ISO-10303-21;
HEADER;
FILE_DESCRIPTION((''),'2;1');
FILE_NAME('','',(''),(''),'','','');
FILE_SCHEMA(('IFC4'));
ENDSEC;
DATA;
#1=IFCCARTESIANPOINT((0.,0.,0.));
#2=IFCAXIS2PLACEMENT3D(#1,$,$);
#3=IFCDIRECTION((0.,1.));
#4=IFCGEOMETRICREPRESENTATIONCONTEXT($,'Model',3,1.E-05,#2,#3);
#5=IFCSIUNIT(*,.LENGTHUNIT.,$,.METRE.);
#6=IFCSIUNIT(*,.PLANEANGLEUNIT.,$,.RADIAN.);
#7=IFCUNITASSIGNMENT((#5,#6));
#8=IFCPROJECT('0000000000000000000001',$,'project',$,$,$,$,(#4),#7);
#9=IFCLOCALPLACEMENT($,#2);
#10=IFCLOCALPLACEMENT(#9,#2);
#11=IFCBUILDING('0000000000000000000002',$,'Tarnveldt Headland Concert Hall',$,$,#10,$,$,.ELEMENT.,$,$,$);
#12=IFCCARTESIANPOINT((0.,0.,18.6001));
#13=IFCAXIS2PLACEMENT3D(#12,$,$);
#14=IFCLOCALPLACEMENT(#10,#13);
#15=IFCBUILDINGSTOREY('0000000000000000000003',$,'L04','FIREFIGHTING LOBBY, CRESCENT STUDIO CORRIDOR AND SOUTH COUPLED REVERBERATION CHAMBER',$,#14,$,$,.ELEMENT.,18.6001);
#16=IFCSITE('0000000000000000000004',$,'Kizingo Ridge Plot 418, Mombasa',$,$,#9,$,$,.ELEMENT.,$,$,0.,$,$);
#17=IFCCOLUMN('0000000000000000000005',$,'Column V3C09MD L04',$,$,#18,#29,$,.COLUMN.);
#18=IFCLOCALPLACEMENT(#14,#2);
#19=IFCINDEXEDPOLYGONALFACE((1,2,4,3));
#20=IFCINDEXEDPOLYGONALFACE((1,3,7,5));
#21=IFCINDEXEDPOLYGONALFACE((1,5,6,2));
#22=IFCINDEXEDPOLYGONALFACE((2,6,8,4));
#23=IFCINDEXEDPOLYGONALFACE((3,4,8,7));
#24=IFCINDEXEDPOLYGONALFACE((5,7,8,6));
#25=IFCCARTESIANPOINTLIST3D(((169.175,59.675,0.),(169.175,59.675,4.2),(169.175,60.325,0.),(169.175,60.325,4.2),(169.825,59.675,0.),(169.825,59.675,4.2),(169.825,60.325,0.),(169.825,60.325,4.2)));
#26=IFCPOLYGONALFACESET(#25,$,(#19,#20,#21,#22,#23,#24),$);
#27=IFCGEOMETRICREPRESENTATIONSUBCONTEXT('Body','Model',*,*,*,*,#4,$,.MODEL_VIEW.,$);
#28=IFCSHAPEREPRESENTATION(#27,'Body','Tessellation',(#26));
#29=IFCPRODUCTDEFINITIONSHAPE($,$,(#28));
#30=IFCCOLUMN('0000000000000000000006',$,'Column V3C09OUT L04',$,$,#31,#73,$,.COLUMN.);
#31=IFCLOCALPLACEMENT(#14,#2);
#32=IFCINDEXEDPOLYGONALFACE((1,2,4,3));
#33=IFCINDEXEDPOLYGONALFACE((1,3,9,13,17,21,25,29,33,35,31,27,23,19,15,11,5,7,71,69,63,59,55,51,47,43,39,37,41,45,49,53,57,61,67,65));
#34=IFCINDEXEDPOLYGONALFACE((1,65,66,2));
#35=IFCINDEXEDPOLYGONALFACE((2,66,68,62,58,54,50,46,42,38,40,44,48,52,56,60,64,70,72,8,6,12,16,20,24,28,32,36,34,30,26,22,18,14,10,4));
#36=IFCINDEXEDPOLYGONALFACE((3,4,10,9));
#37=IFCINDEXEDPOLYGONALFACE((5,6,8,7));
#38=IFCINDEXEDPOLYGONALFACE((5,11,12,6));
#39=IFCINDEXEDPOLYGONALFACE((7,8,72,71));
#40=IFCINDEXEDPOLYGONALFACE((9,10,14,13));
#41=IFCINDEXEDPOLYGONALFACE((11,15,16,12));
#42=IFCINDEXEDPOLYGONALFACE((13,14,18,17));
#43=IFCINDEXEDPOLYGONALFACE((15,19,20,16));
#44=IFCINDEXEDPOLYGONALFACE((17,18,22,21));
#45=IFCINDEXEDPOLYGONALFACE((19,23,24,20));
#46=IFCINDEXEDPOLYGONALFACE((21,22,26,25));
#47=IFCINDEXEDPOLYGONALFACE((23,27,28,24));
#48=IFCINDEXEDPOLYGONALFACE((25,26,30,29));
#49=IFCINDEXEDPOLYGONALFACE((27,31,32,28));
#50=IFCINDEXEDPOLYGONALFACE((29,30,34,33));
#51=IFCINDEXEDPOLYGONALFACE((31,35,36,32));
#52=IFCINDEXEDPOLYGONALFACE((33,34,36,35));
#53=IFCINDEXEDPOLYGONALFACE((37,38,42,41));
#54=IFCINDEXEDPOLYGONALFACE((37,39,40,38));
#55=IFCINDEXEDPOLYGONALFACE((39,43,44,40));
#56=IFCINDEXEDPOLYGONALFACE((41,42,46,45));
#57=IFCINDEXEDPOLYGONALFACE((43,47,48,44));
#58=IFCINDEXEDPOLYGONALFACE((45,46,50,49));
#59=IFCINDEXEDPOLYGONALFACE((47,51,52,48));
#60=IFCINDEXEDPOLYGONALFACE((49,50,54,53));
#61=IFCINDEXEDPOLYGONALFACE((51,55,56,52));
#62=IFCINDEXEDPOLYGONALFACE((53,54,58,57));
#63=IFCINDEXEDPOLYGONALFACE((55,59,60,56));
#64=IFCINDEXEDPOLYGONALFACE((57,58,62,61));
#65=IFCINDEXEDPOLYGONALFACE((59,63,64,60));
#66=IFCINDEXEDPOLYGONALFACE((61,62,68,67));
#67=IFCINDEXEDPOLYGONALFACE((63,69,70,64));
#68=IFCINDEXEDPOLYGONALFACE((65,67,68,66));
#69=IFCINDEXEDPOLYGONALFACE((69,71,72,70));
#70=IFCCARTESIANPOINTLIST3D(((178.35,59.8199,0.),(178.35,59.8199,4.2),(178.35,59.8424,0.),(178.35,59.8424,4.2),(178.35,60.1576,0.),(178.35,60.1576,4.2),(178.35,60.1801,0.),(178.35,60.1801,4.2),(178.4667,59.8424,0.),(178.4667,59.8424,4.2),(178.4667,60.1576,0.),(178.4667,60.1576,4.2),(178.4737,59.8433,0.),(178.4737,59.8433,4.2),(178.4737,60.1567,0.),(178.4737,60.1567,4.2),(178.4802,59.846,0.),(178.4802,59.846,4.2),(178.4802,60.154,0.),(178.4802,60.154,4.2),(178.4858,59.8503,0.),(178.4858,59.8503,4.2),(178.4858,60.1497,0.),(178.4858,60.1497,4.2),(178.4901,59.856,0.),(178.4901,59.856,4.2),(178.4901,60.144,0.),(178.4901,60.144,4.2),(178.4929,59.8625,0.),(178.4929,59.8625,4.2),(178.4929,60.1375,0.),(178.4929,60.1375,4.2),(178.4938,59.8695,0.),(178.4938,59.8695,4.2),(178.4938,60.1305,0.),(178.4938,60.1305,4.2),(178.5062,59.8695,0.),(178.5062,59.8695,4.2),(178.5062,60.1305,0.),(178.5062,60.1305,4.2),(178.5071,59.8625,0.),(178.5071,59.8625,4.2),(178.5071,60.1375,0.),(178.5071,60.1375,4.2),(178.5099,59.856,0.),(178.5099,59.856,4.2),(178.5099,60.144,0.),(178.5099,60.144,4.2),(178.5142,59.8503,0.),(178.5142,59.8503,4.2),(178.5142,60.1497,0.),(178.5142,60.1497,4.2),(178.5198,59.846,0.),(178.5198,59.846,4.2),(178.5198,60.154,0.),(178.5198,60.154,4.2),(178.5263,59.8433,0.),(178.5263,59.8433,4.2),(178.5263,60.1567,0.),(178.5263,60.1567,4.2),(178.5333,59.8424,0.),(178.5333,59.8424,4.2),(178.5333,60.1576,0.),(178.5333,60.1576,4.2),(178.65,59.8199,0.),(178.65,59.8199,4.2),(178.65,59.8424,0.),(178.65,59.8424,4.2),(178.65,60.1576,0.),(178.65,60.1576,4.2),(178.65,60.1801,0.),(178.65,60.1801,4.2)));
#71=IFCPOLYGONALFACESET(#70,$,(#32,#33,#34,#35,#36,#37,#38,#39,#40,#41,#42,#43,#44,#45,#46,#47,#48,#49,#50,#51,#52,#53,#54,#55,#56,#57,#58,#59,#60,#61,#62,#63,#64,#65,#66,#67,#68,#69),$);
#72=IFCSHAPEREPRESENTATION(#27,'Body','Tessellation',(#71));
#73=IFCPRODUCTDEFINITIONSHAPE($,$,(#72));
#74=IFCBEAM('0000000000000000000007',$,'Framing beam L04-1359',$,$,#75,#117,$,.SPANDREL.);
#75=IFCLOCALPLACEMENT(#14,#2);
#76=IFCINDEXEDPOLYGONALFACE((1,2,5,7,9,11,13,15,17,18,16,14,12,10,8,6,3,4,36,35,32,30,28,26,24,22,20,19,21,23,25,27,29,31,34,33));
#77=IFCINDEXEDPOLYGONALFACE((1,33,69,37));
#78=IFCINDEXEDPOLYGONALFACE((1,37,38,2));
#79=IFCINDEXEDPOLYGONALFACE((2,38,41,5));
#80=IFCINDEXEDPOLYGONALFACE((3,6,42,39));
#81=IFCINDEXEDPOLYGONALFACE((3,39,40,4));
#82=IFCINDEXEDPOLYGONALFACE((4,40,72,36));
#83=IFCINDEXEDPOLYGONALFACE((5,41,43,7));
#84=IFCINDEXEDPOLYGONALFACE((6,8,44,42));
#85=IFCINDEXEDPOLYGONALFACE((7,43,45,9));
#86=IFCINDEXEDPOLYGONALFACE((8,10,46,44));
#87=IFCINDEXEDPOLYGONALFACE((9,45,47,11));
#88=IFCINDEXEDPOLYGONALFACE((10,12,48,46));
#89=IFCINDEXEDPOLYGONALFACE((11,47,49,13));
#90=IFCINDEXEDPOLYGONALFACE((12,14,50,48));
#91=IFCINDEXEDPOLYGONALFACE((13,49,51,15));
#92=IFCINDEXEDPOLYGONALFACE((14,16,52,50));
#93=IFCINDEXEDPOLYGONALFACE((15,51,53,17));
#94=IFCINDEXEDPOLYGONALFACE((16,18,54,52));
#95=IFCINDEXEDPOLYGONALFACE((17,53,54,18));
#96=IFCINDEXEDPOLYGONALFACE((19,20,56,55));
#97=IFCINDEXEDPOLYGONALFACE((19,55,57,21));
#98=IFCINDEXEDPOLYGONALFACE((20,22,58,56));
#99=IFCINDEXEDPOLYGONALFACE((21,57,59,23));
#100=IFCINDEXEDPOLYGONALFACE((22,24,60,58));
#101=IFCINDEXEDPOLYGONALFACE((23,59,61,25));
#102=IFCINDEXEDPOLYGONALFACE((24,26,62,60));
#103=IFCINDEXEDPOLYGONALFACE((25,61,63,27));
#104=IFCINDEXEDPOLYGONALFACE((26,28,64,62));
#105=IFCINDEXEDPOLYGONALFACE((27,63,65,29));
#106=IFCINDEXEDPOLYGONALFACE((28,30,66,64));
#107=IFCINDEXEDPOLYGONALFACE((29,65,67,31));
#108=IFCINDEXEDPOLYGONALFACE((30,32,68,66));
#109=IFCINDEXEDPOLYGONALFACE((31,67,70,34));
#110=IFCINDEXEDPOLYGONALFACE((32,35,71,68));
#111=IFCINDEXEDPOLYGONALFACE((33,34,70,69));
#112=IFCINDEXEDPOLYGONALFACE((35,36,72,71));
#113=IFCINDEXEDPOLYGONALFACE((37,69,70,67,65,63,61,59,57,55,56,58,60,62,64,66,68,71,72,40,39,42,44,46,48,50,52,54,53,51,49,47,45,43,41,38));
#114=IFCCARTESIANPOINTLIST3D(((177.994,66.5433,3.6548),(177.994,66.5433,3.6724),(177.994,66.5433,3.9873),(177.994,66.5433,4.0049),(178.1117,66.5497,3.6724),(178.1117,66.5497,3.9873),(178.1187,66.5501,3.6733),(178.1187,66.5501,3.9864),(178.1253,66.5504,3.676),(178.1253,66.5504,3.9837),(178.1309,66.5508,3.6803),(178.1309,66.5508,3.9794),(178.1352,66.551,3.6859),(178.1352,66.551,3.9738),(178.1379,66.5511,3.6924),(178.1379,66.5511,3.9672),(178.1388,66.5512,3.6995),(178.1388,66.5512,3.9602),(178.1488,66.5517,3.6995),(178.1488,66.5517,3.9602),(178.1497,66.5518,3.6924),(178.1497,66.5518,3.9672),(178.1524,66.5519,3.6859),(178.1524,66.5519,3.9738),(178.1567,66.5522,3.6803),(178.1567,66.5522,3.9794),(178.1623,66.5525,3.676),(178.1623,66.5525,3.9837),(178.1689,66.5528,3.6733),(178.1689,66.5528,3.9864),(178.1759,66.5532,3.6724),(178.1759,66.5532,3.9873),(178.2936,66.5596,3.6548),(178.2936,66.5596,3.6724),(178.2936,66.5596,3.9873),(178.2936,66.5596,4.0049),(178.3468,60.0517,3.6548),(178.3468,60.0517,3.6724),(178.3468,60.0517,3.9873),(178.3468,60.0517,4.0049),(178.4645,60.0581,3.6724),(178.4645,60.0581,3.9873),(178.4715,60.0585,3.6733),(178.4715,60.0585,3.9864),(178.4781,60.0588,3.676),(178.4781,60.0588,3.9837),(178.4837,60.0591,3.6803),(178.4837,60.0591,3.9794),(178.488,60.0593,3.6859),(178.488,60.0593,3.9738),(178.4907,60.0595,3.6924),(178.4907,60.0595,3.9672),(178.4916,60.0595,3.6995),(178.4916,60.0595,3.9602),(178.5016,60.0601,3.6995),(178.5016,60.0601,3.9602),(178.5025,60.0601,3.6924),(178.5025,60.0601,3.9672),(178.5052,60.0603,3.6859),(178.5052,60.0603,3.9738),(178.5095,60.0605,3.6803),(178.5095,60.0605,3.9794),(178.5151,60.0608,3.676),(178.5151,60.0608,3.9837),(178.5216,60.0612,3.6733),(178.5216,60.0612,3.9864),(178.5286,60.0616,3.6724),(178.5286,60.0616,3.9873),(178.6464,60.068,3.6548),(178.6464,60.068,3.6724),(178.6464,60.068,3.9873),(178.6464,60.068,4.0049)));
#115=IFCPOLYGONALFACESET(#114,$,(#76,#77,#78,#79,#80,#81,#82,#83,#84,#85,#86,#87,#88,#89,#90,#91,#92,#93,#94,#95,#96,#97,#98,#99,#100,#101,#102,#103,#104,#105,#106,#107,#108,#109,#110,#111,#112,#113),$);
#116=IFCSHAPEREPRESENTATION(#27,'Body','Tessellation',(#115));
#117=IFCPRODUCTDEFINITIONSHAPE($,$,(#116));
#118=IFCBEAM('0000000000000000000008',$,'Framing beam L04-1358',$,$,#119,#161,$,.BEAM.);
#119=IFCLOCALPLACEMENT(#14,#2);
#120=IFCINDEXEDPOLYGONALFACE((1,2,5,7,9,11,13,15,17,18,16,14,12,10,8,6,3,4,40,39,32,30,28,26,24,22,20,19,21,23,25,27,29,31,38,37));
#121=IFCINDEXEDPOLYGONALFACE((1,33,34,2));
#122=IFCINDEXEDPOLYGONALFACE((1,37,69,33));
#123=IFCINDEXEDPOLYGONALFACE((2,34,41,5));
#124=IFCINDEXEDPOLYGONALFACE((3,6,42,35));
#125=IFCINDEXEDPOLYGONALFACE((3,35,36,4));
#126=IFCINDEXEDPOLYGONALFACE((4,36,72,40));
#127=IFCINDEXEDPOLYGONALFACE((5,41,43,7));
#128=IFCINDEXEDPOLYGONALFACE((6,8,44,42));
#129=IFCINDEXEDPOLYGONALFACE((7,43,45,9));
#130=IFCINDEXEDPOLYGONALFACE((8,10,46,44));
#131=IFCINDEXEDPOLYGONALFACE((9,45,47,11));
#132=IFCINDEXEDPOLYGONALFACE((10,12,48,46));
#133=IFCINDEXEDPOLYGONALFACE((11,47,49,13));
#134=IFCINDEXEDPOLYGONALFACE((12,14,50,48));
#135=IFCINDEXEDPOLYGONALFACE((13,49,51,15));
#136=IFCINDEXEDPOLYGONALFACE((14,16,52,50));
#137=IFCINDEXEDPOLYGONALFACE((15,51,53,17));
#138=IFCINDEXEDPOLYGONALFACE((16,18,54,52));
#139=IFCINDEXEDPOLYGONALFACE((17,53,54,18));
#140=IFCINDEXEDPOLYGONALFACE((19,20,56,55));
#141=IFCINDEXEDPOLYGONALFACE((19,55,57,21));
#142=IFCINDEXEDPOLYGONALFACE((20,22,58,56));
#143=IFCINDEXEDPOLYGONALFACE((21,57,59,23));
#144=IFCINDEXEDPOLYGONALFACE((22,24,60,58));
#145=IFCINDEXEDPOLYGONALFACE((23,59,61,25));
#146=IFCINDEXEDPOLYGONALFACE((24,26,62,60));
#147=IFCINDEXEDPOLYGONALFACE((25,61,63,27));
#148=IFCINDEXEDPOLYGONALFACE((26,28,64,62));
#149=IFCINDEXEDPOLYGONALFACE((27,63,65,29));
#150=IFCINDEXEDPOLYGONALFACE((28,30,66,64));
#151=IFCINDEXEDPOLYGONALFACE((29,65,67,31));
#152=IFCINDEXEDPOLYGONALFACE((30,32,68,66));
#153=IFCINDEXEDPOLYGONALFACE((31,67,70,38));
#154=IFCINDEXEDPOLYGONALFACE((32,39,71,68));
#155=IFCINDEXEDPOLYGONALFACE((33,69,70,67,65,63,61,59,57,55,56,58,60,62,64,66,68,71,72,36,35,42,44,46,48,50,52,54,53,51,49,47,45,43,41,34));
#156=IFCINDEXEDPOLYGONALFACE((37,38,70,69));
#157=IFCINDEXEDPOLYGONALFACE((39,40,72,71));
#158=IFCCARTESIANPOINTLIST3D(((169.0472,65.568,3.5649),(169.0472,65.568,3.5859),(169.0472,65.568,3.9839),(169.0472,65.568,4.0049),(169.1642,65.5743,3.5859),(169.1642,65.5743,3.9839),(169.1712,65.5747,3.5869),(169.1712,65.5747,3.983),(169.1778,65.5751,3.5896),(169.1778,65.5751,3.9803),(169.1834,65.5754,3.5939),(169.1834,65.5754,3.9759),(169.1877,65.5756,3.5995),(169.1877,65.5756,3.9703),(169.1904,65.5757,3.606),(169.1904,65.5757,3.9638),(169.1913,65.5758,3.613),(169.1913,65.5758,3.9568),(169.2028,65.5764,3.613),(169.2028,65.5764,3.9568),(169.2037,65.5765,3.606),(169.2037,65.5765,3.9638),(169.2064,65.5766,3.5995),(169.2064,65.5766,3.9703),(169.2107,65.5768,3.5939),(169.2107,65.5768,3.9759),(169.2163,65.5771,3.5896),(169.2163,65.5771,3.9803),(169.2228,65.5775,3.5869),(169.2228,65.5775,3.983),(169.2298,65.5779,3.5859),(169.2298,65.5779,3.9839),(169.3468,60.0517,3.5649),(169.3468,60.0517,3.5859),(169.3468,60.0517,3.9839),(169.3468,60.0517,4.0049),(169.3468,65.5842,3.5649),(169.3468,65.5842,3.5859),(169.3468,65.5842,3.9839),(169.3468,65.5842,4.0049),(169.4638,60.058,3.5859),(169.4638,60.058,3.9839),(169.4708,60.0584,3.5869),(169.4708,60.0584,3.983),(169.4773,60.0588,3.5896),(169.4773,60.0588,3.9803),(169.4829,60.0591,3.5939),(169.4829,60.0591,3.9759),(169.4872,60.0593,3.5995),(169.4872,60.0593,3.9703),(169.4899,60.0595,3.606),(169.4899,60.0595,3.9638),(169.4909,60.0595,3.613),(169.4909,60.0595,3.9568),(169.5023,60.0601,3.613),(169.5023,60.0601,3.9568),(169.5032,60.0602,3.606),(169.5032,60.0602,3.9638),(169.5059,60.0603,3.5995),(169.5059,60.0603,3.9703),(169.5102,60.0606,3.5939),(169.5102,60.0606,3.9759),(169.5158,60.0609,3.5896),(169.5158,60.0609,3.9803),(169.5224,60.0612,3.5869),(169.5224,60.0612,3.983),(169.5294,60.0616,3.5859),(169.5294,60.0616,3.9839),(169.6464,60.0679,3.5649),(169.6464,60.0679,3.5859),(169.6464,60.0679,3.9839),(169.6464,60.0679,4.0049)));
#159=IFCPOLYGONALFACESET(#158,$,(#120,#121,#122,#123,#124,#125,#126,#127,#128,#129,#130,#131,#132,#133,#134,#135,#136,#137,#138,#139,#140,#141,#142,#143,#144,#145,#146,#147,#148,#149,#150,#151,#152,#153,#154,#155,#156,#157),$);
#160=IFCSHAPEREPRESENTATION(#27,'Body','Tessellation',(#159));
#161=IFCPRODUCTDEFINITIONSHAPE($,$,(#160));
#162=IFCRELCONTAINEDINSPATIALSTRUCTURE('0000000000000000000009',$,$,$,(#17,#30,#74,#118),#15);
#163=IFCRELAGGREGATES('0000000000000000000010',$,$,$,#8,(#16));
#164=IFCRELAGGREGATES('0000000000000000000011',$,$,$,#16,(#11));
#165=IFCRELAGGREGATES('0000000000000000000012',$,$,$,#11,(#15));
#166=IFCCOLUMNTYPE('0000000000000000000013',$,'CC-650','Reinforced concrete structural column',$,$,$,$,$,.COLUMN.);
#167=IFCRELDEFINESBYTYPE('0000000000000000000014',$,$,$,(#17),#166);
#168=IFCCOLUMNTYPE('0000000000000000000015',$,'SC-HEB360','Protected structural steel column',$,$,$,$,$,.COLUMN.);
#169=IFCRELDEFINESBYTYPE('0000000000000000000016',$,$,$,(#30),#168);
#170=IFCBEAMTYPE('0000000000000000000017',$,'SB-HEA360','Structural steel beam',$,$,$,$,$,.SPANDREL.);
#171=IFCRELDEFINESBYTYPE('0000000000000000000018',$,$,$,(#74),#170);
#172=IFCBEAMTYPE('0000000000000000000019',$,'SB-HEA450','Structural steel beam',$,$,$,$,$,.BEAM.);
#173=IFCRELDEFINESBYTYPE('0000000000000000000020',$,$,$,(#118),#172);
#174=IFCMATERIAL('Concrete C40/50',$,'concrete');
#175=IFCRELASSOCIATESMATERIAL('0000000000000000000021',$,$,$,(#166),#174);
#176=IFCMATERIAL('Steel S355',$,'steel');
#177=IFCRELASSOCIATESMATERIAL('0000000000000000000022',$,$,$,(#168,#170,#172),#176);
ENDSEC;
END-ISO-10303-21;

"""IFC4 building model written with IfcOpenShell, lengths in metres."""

from ifc_helpers import new_model, si_unit, direction, frame, origin, origin_2d, place, context, subcontext, project, spatial, rectangle, i_section, extrude, material, material_profile, profile_set, type_object, element, save


model = new_model("IFC4")

# Units and contexts
model_context = context("Model", 3, precision=1e-05, world=origin(), true_north=direction((0.0, 1.0)))
body_context = subcontext(model_context, "Body", "Model", "MODEL_VIEW")
ifc_project = project(units=[si_unit("LENGTHUNIT", "METRE"), si_unit("PLANEANGLEUNIT", "RADIAN")], contexts=[model_context])

# Site, building, storey
site_placement = place(None, origin())
site = spatial("IfcSite", under=ifc_project, at=site_placement, Name="Kizingo Ridge Plot 418, Mombasa", CompositionType="ELEMENT", RefElevation=0.0)
building_placement = place(site_placement, origin())
building = spatial("IfcBuilding", under=site, at=building_placement, Name="Tarnveldt Headland Concert Hall", CompositionType="ELEMENT")
storey_placement = place(building_placement, frame((0.0, 0.0, 18.6001)))
storey = spatial("IfcBuildingStorey", under=building, at=storey_placement, Name="L04", Description="FIREFIGHTING LOBBY, CRESCENT STUDIO CORRIDOR AND SOUTH COUPLED REVERBERATION CHAMBER", CompositionType="ELEMENT", Elevation=18.6001)

# Columns
ifc_material_1 = material(Name="Concrete C40/50", Category="concrete")
ifc_material_profile_1 = material_profile(ifc_material_1, rectangle(XDim=0.6499, YDim=0.6499, at=origin_2d()), Name="RC 650x650", Category="concrete")
ifc_profile_set_1 = profile_set([ifc_material_profile_1], Name="Concrete C40/50")
column_type_1 = type_object("IfcColumnType", Name="CC-650", Description="Reinforced concrete structural column", PredefinedType="COLUMN", material=ifc_profile_set_1)
column_1_placement = place(storey_placement, frame((169.5, 60.0, 0.0), z_axis=(0.0, 0.0, 1.0), x_axis=(1.0, 0.0, 0.0)))
element("IfcColumn", 1, at=column_1_placement, inside=storey, type_object=column_type_1, Name="Column V3C09MD L04", PredefinedType="COLUMN", context=body_context, shape_type="SweptSolid", body=[
    extrude(rectangle(XDim=0.6499, YDim=0.6499, at=origin_2d()), origin(), (0.0, 0.0, 1.0), 4.2),
])
ifc_material_2 = material(Name="Steel S355", Category="steel")
ifc_material_profile_2 = material_profile(ifc_material_2, i_section(OverallWidth=0.3, OverallDepth=0.3601, WebThickness=0.0125, FlangeThickness=0.0225, FilletRadius=0.0271, at=origin_2d()), Name="HEB360", Category="steel")
ifc_profile_set_2 = profile_set([ifc_material_profile_2], Name="Steel S355")
column_type_2 = type_object("IfcColumnType", Name="SC-HEB360", Description="Protected structural steel column", PredefinedType="COLUMN", material=ifc_profile_set_2)
column_2_placement = place(storey_placement, frame((178.5, 60.0, 0.0), z_axis=(0.0, 0.0, 1.0), x_axis=(1.0, 0.0, 0.0)))
element("IfcColumn", 2, at=column_2_placement, inside=storey, type_object=column_type_2, Name="Column V3C09OUT L04", PredefinedType="COLUMN", context=body_context, shape_type="SweptSolid", body=[
    extrude(i_section(OverallWidth=0.3, OverallDepth=0.3601, WebThickness=0.0125, FlangeThickness=0.0225, FilletRadius=0.0271, at=origin_2d()), origin(), (0.0, 0.0, 1.0), 4.2),
])

# Beams
ifc_material_profile_3 = material_profile(ifc_material_2, i_section(OverallWidth=0.3, OverallDepth=0.3501, WebThickness=0.01, FlangeThickness=0.0176, FilletRadius=0.0271, at=origin_2d()), Name="HEA360", Category="steel")
ifc_profile_set_3 = profile_set([ifc_material_profile_3], Name="Steel S355")
beam_type_1 = type_object("IfcBeamType", Name="SB-HEA360", Description="Structural steel beam", PredefinedType="SPANDREL", material=ifc_profile_set_3)
beam_1_placement = place(storey_placement, frame((178.4966, 60.0598, 3.8298), z_axis=(-0.054264, 0.998527, 0.0), x_axis=(-0.998527, -0.054264, 0.0)))
element("IfcBeam", 3, at=beam_1_placement, inside=storey, type_object=beam_type_1, Name="Framing beam L04-1359", PredefinedType="SPANDREL", context=body_context, shape_type="SweptSolid", body=[
    extrude(i_section(OverallWidth=0.3, OverallDepth=0.3501, WebThickness=0.01, FlangeThickness=0.0176, FilletRadius=0.0271, at=origin_2d()), origin(), (0.0, 0.0, 1.0), 6.5012),
])
ifc_material_profile_4 = material_profile(ifc_material_2, i_section(OverallWidth=0.3, OverallDepth=0.4399, WebThickness=0.0115, FlangeThickness=0.021, FilletRadius=0.0271, at=origin_2d()), Name="HEA450", Category="steel")
ifc_profile_set_4 = profile_set([ifc_material_profile_4], Name="Steel S355")
beam_type_2 = type_object("IfcBeamType", Name="SB-HEA450", Description="Structural steel beam", PredefinedType="BEAM", material=ifc_profile_set_4)
beam_2_placement = place(storey_placement, frame((169.4966, 60.0598, 3.7849), z_axis=(-0.054224, 0.998529, 0.0), x_axis=(-0.998529, -0.054224, 0.0)))
element("IfcBeam", 4, at=beam_2_placement, inside=storey, type_object=beam_type_2, Name="Framing beam L04-1358", PredefinedType="BEAM", context=body_context, shape_type="SweptSolid", body=[
    extrude(i_section(OverallWidth=0.3, OverallDepth=0.4399, WebThickness=0.0115, FlangeThickness=0.021, FilletRadius=0.0271, at=origin_2d()), origin(), (0.0, 0.0, 1.0), 5.5244),
])

save(model, "model.ifc")
